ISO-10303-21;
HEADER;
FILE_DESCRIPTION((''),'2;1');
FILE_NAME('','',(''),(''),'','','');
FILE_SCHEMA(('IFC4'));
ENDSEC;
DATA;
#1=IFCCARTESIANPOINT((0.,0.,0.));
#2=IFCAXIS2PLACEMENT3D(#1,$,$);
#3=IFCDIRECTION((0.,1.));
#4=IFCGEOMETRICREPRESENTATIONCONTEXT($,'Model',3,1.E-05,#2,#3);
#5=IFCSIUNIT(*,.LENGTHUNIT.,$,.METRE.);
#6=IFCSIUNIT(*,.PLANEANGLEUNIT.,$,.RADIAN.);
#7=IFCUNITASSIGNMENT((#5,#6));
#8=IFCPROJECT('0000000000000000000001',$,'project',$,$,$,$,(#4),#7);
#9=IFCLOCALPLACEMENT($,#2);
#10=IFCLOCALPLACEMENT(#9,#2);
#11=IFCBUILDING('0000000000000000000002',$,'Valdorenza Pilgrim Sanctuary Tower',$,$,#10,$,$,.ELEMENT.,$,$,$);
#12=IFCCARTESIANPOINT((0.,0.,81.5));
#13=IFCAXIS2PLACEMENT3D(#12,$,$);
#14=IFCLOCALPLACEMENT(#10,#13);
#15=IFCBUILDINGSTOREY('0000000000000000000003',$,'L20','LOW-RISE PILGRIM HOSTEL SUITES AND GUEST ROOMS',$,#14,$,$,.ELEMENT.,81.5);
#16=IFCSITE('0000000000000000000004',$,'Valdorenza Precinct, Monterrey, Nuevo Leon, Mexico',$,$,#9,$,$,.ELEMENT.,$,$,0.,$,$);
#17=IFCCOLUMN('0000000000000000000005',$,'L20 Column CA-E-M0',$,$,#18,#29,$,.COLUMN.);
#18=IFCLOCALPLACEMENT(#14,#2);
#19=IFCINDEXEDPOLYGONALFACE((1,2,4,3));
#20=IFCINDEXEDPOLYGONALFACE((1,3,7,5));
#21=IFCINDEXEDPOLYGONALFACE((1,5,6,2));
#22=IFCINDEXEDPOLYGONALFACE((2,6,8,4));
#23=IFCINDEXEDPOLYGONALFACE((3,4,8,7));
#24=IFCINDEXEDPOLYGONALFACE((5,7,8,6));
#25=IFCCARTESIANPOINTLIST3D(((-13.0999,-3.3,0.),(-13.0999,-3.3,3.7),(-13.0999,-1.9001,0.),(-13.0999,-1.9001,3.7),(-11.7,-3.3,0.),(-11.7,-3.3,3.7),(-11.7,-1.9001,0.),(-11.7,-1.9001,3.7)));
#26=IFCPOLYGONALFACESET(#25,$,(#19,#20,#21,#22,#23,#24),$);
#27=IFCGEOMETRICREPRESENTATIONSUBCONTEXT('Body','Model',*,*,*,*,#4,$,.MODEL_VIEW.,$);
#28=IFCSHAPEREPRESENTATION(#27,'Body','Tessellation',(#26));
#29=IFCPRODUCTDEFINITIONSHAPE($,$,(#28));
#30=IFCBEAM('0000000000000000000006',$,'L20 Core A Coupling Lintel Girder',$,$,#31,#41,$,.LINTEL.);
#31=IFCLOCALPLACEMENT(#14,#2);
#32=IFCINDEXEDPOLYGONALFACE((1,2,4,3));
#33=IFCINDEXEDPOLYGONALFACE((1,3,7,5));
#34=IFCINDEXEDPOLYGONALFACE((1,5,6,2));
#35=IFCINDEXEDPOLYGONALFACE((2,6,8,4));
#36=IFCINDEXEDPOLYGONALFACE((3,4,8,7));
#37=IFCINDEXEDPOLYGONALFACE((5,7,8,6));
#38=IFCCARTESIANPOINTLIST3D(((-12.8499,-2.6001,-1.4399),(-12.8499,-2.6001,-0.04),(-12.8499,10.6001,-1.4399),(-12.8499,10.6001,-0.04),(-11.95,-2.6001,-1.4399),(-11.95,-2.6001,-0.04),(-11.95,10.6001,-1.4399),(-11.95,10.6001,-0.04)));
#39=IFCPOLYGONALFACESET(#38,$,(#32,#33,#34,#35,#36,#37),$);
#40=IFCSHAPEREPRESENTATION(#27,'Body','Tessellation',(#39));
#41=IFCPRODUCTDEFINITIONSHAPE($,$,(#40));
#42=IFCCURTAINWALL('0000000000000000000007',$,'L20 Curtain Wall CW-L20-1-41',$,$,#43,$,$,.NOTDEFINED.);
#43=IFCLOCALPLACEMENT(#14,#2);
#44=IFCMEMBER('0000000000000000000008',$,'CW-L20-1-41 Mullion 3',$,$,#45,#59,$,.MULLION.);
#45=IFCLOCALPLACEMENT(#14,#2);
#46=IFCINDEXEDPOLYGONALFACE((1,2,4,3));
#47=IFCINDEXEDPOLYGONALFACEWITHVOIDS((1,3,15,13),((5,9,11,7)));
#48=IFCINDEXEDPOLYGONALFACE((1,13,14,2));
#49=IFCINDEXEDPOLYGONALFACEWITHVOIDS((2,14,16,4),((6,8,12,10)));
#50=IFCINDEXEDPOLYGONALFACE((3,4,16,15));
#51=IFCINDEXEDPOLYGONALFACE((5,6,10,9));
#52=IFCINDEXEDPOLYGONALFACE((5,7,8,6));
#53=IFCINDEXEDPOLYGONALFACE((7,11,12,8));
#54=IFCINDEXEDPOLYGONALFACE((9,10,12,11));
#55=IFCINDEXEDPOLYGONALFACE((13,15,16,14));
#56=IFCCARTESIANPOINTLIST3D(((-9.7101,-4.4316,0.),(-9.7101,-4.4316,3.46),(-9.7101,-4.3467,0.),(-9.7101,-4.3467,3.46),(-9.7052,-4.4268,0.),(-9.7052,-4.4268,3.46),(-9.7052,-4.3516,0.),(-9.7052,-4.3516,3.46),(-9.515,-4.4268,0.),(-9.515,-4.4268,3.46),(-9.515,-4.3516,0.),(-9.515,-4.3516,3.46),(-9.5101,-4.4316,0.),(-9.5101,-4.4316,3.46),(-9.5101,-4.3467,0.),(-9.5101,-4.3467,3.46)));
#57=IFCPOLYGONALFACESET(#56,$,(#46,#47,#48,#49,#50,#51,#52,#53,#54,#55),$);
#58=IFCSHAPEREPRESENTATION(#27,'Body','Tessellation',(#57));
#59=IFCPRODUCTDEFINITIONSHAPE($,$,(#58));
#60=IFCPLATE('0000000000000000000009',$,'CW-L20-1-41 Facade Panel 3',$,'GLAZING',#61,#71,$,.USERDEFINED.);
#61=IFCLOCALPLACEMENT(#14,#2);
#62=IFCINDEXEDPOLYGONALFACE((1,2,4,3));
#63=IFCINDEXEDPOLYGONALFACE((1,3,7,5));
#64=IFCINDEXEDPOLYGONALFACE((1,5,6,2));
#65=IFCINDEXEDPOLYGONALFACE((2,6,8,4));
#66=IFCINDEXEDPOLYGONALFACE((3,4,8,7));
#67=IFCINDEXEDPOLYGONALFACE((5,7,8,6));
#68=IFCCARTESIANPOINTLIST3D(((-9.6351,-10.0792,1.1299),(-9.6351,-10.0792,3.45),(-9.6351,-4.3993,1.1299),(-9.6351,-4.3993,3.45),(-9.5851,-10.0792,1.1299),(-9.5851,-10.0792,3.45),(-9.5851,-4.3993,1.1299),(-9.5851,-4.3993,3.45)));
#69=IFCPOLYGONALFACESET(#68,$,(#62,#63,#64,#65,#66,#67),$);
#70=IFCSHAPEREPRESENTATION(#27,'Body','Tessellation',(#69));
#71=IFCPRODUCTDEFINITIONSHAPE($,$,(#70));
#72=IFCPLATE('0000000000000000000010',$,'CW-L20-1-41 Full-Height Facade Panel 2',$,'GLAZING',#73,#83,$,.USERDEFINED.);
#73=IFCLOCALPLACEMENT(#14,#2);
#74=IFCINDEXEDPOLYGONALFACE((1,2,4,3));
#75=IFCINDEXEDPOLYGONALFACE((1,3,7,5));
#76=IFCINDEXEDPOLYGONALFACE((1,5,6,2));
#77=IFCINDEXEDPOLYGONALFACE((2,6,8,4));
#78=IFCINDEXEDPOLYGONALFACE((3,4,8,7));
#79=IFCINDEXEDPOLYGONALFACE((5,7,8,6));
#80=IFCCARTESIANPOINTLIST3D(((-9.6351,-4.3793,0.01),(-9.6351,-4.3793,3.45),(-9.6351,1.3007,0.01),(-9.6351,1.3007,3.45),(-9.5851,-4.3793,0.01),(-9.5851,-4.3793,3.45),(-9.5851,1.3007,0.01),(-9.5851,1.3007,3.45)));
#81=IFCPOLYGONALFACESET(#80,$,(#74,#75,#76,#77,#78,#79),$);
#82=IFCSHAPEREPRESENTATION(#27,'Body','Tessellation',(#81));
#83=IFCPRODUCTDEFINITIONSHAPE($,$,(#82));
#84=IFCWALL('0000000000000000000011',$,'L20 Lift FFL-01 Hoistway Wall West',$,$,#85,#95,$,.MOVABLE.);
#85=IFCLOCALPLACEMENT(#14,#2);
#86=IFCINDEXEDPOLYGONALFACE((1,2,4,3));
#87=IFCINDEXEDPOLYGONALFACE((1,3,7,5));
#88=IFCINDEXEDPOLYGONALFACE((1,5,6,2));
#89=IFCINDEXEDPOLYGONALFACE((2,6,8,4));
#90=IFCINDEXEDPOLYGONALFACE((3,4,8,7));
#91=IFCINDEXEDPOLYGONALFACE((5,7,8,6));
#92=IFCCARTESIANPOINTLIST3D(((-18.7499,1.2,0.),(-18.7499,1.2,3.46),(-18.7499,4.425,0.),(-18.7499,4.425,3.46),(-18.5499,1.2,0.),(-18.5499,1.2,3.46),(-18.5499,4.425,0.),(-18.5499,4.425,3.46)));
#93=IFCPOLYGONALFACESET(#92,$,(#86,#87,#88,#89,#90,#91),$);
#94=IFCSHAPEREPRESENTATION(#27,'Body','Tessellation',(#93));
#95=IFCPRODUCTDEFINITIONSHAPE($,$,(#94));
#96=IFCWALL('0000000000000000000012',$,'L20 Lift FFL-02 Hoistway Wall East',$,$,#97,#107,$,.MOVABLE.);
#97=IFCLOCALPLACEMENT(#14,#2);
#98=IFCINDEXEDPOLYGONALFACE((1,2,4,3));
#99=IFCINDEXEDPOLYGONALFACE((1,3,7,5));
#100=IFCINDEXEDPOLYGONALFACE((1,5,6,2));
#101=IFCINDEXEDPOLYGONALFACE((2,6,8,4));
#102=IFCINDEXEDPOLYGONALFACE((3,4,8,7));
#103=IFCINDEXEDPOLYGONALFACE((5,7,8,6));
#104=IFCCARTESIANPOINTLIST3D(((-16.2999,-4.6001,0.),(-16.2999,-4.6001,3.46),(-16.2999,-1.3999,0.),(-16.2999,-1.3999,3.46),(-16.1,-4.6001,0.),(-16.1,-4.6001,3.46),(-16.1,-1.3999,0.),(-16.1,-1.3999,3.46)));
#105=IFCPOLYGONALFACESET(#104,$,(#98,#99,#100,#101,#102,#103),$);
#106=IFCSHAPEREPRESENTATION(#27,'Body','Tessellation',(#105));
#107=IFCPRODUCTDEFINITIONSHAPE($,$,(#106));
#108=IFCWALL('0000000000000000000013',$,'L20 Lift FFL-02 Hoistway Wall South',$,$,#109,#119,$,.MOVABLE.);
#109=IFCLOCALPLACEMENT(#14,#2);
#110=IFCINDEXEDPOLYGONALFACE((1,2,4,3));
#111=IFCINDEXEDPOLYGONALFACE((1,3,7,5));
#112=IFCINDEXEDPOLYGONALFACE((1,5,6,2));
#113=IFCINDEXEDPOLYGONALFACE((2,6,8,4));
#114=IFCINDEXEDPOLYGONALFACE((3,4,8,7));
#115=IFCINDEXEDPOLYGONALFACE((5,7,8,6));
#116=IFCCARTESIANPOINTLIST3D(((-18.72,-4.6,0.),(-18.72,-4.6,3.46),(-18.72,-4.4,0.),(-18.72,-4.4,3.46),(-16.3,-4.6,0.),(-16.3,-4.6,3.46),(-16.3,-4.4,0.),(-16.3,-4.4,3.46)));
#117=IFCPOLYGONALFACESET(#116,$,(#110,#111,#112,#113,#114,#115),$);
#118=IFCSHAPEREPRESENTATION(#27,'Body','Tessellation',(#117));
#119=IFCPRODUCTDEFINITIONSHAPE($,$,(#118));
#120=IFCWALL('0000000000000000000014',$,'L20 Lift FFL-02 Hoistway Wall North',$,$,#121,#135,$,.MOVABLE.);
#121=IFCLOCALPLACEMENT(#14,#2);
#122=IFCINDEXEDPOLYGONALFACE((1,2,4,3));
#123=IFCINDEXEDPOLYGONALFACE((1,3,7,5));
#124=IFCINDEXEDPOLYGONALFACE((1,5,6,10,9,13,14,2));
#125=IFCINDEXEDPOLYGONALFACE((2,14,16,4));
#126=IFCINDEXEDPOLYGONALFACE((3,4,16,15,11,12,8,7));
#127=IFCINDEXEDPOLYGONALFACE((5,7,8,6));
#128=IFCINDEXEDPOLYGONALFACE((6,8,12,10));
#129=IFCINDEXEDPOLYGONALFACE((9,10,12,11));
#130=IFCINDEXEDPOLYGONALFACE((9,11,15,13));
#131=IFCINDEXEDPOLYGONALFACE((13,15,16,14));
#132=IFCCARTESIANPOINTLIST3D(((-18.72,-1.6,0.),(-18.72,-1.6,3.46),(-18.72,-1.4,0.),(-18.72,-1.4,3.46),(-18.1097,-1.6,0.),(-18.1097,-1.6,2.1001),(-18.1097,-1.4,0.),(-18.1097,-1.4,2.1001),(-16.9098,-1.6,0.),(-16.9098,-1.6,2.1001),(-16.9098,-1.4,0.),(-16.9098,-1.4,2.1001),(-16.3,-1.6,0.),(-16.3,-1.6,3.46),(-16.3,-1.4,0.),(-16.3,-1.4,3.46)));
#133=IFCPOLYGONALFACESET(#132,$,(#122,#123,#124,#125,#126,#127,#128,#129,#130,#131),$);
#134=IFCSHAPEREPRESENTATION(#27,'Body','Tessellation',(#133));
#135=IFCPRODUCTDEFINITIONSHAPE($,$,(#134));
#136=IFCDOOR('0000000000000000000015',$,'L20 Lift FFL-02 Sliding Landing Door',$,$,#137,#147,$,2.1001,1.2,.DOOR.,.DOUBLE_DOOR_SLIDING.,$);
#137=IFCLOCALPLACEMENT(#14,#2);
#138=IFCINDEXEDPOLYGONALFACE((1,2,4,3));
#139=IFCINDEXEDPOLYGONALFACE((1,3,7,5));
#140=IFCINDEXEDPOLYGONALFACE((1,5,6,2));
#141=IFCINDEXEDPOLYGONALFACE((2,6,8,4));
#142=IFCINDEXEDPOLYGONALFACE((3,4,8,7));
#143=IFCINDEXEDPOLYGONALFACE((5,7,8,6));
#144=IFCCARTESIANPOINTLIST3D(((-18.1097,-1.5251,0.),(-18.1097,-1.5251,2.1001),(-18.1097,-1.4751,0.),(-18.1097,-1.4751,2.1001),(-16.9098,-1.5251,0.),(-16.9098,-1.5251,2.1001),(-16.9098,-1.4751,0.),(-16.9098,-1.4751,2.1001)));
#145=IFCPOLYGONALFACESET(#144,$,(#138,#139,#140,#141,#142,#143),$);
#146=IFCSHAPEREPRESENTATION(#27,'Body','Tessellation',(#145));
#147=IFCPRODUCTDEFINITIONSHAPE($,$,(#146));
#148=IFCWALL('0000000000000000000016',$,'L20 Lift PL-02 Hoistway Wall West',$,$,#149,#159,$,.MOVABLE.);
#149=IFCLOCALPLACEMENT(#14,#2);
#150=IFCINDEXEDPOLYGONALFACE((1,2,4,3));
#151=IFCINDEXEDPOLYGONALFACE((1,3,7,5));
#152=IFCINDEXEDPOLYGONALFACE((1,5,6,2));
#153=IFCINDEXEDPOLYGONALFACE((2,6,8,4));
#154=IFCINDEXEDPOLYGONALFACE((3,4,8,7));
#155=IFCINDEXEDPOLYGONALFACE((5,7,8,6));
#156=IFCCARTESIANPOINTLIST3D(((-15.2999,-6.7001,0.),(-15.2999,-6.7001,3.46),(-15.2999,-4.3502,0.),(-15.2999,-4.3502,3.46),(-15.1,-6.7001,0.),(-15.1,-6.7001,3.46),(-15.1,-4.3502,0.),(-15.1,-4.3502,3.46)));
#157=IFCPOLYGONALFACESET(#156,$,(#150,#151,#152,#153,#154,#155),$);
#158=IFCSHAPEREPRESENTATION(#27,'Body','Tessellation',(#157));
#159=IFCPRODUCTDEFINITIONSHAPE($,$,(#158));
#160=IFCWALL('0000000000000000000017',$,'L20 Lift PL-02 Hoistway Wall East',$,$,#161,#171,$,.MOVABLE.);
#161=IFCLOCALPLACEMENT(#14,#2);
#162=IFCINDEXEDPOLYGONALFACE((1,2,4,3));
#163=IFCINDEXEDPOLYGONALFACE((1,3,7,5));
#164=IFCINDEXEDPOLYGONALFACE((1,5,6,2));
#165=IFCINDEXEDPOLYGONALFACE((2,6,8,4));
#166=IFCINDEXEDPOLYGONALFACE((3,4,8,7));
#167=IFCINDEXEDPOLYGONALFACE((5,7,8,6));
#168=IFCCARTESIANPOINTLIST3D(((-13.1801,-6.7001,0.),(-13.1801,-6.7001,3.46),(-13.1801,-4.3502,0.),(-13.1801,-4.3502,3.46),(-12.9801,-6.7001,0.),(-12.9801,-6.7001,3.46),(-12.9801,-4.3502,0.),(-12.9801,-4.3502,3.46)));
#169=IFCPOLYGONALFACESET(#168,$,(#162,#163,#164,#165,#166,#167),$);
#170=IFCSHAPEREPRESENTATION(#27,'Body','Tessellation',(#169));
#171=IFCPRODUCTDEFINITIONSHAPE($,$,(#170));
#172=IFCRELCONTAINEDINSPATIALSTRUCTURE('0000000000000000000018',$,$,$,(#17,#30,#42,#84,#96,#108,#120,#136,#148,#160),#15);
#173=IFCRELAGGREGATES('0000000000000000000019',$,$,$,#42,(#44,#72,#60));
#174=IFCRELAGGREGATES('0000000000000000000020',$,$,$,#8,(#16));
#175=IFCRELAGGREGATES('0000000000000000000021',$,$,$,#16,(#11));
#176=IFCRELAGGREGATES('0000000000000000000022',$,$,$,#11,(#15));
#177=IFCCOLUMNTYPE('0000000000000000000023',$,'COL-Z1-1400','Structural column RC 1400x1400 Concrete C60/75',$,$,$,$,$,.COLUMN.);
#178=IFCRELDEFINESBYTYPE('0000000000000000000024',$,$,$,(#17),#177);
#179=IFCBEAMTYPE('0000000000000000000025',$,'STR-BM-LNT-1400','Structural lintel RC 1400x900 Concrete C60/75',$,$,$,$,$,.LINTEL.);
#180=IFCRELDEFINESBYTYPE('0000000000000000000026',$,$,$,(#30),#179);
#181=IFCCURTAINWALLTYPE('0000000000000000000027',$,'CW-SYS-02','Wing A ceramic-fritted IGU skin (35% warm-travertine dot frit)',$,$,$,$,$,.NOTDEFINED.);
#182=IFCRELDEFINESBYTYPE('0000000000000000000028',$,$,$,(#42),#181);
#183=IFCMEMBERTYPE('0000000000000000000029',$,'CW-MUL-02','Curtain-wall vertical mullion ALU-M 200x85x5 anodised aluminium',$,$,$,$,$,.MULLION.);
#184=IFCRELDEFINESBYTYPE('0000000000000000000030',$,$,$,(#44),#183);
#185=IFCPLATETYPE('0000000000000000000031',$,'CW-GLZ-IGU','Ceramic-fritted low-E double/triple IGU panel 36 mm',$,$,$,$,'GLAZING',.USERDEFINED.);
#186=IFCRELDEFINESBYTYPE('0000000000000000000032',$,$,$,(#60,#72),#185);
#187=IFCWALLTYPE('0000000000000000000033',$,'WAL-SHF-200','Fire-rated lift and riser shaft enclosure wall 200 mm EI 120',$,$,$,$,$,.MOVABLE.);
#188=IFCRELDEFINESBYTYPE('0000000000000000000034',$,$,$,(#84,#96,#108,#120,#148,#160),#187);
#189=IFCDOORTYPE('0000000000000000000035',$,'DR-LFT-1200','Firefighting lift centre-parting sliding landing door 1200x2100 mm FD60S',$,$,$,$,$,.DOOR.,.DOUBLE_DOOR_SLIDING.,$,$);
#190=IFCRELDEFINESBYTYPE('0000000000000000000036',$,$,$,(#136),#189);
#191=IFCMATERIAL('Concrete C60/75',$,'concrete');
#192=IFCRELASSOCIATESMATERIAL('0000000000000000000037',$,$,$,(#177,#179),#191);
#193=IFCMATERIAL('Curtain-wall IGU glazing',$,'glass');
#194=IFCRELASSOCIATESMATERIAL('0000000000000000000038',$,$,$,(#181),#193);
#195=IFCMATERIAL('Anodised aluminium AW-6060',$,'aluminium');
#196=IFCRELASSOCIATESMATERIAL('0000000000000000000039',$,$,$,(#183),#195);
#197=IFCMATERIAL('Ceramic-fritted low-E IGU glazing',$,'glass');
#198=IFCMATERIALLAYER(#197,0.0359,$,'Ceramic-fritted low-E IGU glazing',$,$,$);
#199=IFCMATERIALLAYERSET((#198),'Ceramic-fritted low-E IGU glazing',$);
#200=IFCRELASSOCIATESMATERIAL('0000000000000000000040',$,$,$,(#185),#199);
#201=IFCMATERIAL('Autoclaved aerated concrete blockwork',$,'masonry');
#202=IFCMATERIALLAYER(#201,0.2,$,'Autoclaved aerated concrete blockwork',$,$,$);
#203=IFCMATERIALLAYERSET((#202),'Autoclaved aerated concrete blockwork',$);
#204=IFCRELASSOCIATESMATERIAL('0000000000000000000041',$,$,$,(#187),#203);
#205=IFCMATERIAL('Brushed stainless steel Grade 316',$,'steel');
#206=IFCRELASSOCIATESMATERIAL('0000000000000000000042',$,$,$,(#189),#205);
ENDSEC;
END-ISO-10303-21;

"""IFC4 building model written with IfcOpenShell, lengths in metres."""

from ifc_helpers import new_model, si_unit, direction, frame, frame_2d, origin, origin_2d, place, context, subcontext, project, spatial, rectangle, hollow_rectangle, extrude, source, transform, mapped, material, layer, layer_set, material_profile, profile_set, type_object, element, fill, aggregate, save


model = new_model("IFC4")

# Units and contexts
model_context = context("Model", 3, precision=1e-05, world=origin(), true_north=direction((0.0, 1.0)))
body_context = subcontext(model_context, "Body", "Model", "MODEL_VIEW")
ifc_project = project(units=[si_unit("LENGTHUNIT", "METRE"), si_unit("PLANEANGLEUNIT", "RADIAN")], contexts=[model_context])

# Site, building, storey
site_placement = place(None, origin())
site = spatial("IfcSite", under=ifc_project, at=site_placement, Name="Valdorenza Precinct, Monterrey, Nuevo Leon, Mexico", CompositionType="ELEMENT", RefElevation=0.0)
building_placement = place(site_placement, origin())
building = spatial("IfcBuilding", under=site, at=building_placement, Name="Valdorenza Pilgrim Sanctuary Tower", CompositionType="ELEMENT")
storey_placement = place(building_placement, frame((0.0, 0.0, 81.5)))
storey = spatial("IfcBuildingStorey", under=building, at=storey_placement, Name="L20", Description="LOW-RISE PILGRIM HOSTEL SUITES AND GUEST ROOMS", CompositionType="ELEMENT", Elevation=81.5)

# Column
ifc_material_1 = material(Name="Concrete C60/75", Category="concrete")
ifc_material_profile_1 = material_profile(ifc_material_1, rectangle(XDim=1.3999, YDim=1.3999, at=origin_2d()), Name="RC 1400x1400")
ifc_profile_set_1 = profile_set([ifc_material_profile_1], Name="Concrete C60/75")
column_type = type_object("IfcColumnType", Name="COL-Z1-1400", Description="Structural column RC 1400x1400 Concrete C60/75", PredefinedType="COLUMN", material=ifc_profile_set_1)
shared_shape_1 = source(origin(), body_context, "Body", "SweptSolid", [
    extrude(rectangle(XDim=1.3999, YDim=1.3999, at=origin_2d()), origin(), (0.0, 0.0, 1.0), 3.7),
])
column_placement = place(storey_placement, frame((-12.3999, -2.6001, 0.0), z_axis=(0.0, 0.0, 1.0), x_axis=(1.0, 0.0, 0.0)))
element("IfcColumn", 1, at=column_placement, inside=storey, type_object=column_type, Name="L20 Column CA-E-M0", PredefinedType="COLUMN", context=body_context, shape_type="MappedRepresentation", body=[
    mapped(shared_shape_1, transform((0.0, 0.0, 0.0), x_axis=(1.0, 0.0, 0.0), y_axis=(0.0, 1.0, 0.0), z_axis=(0.0, 0.0, 1.0), scale=1.0)),
])

# Beam
ifc_material_profile_2 = material_profile(ifc_material_1, rectangle(XDim=0.8999, YDim=1.3999, at=origin_2d()), Name="RC 1400x900")
ifc_profile_set_2 = profile_set([ifc_material_profile_2], Name="Concrete C60/75")
beam_type = type_object("IfcBeamType", Name="STR-BM-LNT-1400", Description="Structural lintel RC 1400x900 Concrete C60/75", PredefinedType="LINTEL", material=ifc_profile_set_2)
shared_shape_2 = source(origin(), body_context, "Body", "SweptSolid", [
    extrude(rectangle(XDim=0.8999, YDim=1.3999, at=origin_2d()), origin(), (0.0, 0.0, 1.0), 13.2002),
])
beam_placement = place(storey_placement, frame((-12.3999, -2.6001, -0.74), z_axis=(0.0, 1.0, 0.0), x_axis=(-1.0, 0.0, 0.0)))
element("IfcBeam", 2, at=beam_placement, inside=storey, type_object=beam_type, Name="L20 Core A Coupling Lintel Girder", PredefinedType="LINTEL", context=body_context, shape_type="MappedRepresentation", body=[
    mapped(shared_shape_2, transform((0.0, 0.0, 0.0), x_axis=(1.0, 0.0, 0.0), y_axis=(0.0, 1.0, 0.0), z_axis=(0.0, 0.0, 1.0), scale=1.0)),
])

# Curtain wall, member, plates
ifc_material_2 = material(Name="Curtain-wall IGU glazing", Category="glass")
curtain_wall_type = type_object("IfcCurtainWallType", Name="CW-SYS-02", Description="Wing A ceramic-fritted IGU skin (35% warm-travertine dot frit)", PredefinedType="NOTDEFINED", material=ifc_material_2)
curtain_wall_placement = place(storey_placement, origin())
curtain_wall = element("IfcCurtainWall", 3, at=curtain_wall_placement, inside=storey, type_object=curtain_wall_type, Name="L20 Curtain Wall CW-L20-1-41", PredefinedType="NOTDEFINED")
ifc_material_3 = material(Name="Anodised aluminium AW-6060", Category="aluminium")
ifc_material_profile_3 = material_profile(ifc_material_3, hollow_rectangle(XDim=0.085, YDim=0.2, WallThickness=0.0049, at=origin_2d()), Name="ALU-M 200x85x5")
ifc_profile_set_3 = profile_set([ifc_material_profile_3], Name="Anodised aluminium AW-6060")
member_type = type_object("IfcMemberType", Name="CW-MUL-02", Description="Curtain-wall vertical mullion ALU-M 200x85x5 anodised aluminium", PredefinedType="MULLION", material=ifc_profile_set_3)
shared_shape_3 = source(origin(), body_context, "Body", "SweptSolid", [
    extrude(hollow_rectangle(XDim=0.085, YDim=0.2, WallThickness=0.0049, at=origin_2d()), origin(), (0.0, 0.0, 1.0), 3.46),
])
member_placement = place(storey_placement, frame((-9.6101, -4.3892, 0.0), z_axis=(0.0, 0.0, 1.0), x_axis=(0.0, -1.0, 0.0)))
member = element("IfcMember", 4, at=member_placement, type_object=member_type, Name="CW-L20-1-41 Mullion 3", PredefinedType="MULLION", context=body_context, shape_type="MappedRepresentation", body=[
    mapped(shared_shape_3, transform((0.0, 0.0, 0.0), x_axis=(1.0, 0.0, 0.0), y_axis=(0.0, 1.0, 0.0), z_axis=(0.0, 0.0, 1.0), scale=1.0)),
])
ifc_material_4 = material(Name="Ceramic-fritted low-E IGU glazing", Category="glass")
ifc_layer_1 = layer(ifc_material_4, 0.0359, Name="Ceramic-fritted low-E IGU glazing")
ifc_layer_set_1 = layer_set([ifc_layer_1], Name="Ceramic-fritted low-E IGU glazing")
plate_type = type_object("IfcPlateType", Name="CW-GLZ-IGU", Description="Ceramic-fritted low-E double/triple IGU panel 36 mm", ElementType="GLAZING", PredefinedType="USERDEFINED", material=ifc_layer_set_1)
shared_shape_4 = source(origin(), body_context, "Body", "SweptSolid", [
    extrude(rectangle(XDim=5.6799, YDim=0.05, at=origin_2d()), origin(), (0.0, 0.0, 1.0), 2.3201),
])
plate_1_placement = place(storey_placement, frame((-9.6101, -7.2393, 1.1299), z_axis=(0.0, 0.0, 1.0), x_axis=(0.0, -1.0, 0.0)))
plate_1 = element("IfcPlate", 5, at=plate_1_placement, type_object=plate_type, Name="CW-L20-1-41 Facade Panel 3", ObjectType="GLAZING", PredefinedType="USERDEFINED", context=body_context, shape_type="MappedRepresentation", body=[
    mapped(shared_shape_4, transform((0.0, 0.0, 0.0), x_axis=(1.0, 0.0, 0.0), y_axis=(0.0, 1.0, 0.0), z_axis=(0.0, 0.0, 1.0), scale=1.0)),
])
shared_shape_5 = source(origin(), body_context, "Body", "SweptSolid", [
    extrude(rectangle(XDim=5.6799, YDim=0.05, at=origin_2d()), origin(), (0.0, 0.0, 1.0), 3.4399),
])
plate_2_placement = place(storey_placement, frame((-9.6101, -1.5393, 0.01), z_axis=(0.0, 0.0, 1.0), x_axis=(0.0, -1.0, 0.0)))
plate_2 = element("IfcPlate", 6, at=plate_2_placement, type_object=plate_type, Name="CW-L20-1-41 Full-Height Facade Panel 2", ObjectType="GLAZING", PredefinedType="USERDEFINED", context=body_context, shape_type="MappedRepresentation", body=[
    mapped(shared_shape_5, transform((0.0, 0.0, 0.0), x_axis=(1.0, 0.0, 0.0), y_axis=(0.0, 1.0, 0.0), z_axis=(0.0, 0.0, 1.0), scale=1.0)),
])
aggregate(curtain_wall, [member, plate_2, plate_1])

# Walls
ifc_material_5 = material(Name="Autoclaved aerated concrete blockwork", Category="masonry")
ifc_layer_2 = layer(ifc_material_5, 0.2, Name="Autoclaved aerated concrete blockwork")
ifc_layer_set_2 = layer_set([ifc_layer_2], Name="Autoclaved aerated concrete blockwork")
wall_type_1 = type_object("IfcWallType", Name="WAL-SHF-200", Description="Fire-rated lift and riser shaft enclosure wall 200 mm EI 120", PredefinedType="MOVABLE", material=ifc_layer_set_2)
wall_1_placement = place(storey_placement, frame((-18.6499, 1.2, 0.0), z_axis=(0.0, 0.0, 1.0), x_axis=(0.0, 1.0, 0.0)))
element("IfcWall", 7, at=wall_1_placement, inside=storey, type_object=wall_type_1, Name="L20 Lift FFL-01 Hoistway Wall West", PredefinedType="MOVABLE", context=body_context, shape_type="SweptSolid", body=[
    extrude(rectangle(XDim=3.2251, YDim=0.2, at=frame_2d((1.6125, 0.0))), origin(), (0.0, 0.0, 1.0), 3.46),
])
wall_2_placement = place(storey_placement, frame((-16.2, -4.6001, 0.0), z_axis=(0.0, 0.0, 1.0), x_axis=(0.0, 1.0, 0.0)))
element("IfcWall", 8, at=wall_2_placement, inside=storey, type_object=wall_type_1, Name="L20 Lift FFL-02 Hoistway Wall East", PredefinedType="MOVABLE", context=body_context, shape_type="SweptSolid", body=[
    extrude(rectangle(XDim=3.2002, YDim=0.2, at=frame_2d((1.6001, 0.0))), origin(), (0.0, 0.0, 1.0), 3.46),
])
wall_3_placement = place(storey_placement, frame((-18.72, -4.5, 0.0), z_axis=(0.0, 0.0, 1.0), x_axis=(1.0, 0.0, 0.0)))
element("IfcWall", 9, at=wall_3_placement, inside=storey, type_object=wall_type_1, Name="L20 Lift FFL-02 Hoistway Wall South", PredefinedType="MOVABLE", context=body_context, shape_type="SweptSolid", body=[
    extrude(rectangle(XDim=2.4199, YDim=0.2, at=frame_2d((1.21, 0.0))), origin(), (0.0, 0.0, 1.0), 3.46),
])

# Wall, opening, door
wall_4_placement = place(storey_placement, frame((-18.72, -1.5, 0.0), z_axis=(0.0, 0.0, 1.0), x_axis=(1.0, 0.0, 0.0)))
wall_4 = element("IfcWall", 10, at=wall_4_placement, inside=storey, type_object=wall_type_1, Name="L20 Lift FFL-02 Hoistway Wall North", PredefinedType="MOVABLE", context=body_context, shape_type="SweptSolid", body=[
    extrude(rectangle(XDim=2.4199, YDim=0.2, at=frame_2d((1.21, 0.0))), origin(), (0.0, 0.0, 1.0), 3.46),
])
opening_1_placement = place(wall_4_placement, frame((0.6101, 0.0, 0.0)))
opening_1 = element("IfcOpeningElement", 11, at=opening_1_placement, cuts=wall_4, PredefinedType="OPENING", context=body_context, shape_type="SweptSolid", body=[
    extrude(rectangle(XDim=1.2, YDim=2.1001, at=frame_2d((0.6001, 1.05))), frame((0.0, 0.1147, 0.0), z_axis=(0.0, -1.0, 0.0), x_axis=(1.0, 0.0, 0.0)), (0.0, 0.0, 1.0), 0.2297),
])
ifc_material_6 = material(Name="Brushed stainless steel Grade 316", Category="steel")
door_type_1 = type_object("IfcDoorType", Name="DR-LFT-1200", Description="Firefighting lift centre-parting sliding landing door 1200x2100 mm FD60S", OperationType="DOUBLE_DOOR_SLIDING", PredefinedType="DOOR", material=ifc_material_6)
door_1_placement = place(opening_1_placement, origin())
door_1 = element("IfcDoor", 12, at=door_1_placement, inside=storey, type_object=door_type_1, Name="L20 Lift FFL-02 Sliding Landing Door", OperationType="DOUBLE_DOOR_SLIDING", OverallHeight=2.1001, OverallWidth=1.2, PredefinedType="DOOR", context=body_context, shape_type="SweptSolid", body=[
    extrude(rectangle(XDim=1.2, YDim=2.1001, at=frame_2d((0.6001, 1.05))), frame((0.0, 0.0249, 0.0), z_axis=(0.0, -1.0, 0.0), x_axis=(1.0, 0.0, 0.0)), (0.0, 0.0, 1.0), 0.05),
])
fill(opening_1, door_1)

# Walls
for number, where, z_axis, x_axis, name in (
    (13, (-15.2, -6.7, 0.0), (0.0, 0.0, 1.0), (0.0, 1.0, 0.0), "L20 Lift PL-02 Hoistway Wall West"),
    (14, (-13.0801, -6.7, 0.0), (0.0, 0.0, 1.0), (0.0, 1.0, 0.0), "L20 Lift PL-02 Hoistway Wall East"),
):
    element("IfcWall", number, at=place(storey_placement, frame(where, z_axis=z_axis, x_axis=x_axis)), inside=storey, type_object=wall_type_1, Name=name, PredefinedType="MOVABLE", context=body_context, shape_type="SweptSolid", body=[
        extrude(rectangle(XDim=2.3499, YDim=0.2, at=frame_2d((1.1748, 0.0))), origin(), (0.0, 0.0, 1.0), 3.46),
    ])

save(model, "model.ifc")
